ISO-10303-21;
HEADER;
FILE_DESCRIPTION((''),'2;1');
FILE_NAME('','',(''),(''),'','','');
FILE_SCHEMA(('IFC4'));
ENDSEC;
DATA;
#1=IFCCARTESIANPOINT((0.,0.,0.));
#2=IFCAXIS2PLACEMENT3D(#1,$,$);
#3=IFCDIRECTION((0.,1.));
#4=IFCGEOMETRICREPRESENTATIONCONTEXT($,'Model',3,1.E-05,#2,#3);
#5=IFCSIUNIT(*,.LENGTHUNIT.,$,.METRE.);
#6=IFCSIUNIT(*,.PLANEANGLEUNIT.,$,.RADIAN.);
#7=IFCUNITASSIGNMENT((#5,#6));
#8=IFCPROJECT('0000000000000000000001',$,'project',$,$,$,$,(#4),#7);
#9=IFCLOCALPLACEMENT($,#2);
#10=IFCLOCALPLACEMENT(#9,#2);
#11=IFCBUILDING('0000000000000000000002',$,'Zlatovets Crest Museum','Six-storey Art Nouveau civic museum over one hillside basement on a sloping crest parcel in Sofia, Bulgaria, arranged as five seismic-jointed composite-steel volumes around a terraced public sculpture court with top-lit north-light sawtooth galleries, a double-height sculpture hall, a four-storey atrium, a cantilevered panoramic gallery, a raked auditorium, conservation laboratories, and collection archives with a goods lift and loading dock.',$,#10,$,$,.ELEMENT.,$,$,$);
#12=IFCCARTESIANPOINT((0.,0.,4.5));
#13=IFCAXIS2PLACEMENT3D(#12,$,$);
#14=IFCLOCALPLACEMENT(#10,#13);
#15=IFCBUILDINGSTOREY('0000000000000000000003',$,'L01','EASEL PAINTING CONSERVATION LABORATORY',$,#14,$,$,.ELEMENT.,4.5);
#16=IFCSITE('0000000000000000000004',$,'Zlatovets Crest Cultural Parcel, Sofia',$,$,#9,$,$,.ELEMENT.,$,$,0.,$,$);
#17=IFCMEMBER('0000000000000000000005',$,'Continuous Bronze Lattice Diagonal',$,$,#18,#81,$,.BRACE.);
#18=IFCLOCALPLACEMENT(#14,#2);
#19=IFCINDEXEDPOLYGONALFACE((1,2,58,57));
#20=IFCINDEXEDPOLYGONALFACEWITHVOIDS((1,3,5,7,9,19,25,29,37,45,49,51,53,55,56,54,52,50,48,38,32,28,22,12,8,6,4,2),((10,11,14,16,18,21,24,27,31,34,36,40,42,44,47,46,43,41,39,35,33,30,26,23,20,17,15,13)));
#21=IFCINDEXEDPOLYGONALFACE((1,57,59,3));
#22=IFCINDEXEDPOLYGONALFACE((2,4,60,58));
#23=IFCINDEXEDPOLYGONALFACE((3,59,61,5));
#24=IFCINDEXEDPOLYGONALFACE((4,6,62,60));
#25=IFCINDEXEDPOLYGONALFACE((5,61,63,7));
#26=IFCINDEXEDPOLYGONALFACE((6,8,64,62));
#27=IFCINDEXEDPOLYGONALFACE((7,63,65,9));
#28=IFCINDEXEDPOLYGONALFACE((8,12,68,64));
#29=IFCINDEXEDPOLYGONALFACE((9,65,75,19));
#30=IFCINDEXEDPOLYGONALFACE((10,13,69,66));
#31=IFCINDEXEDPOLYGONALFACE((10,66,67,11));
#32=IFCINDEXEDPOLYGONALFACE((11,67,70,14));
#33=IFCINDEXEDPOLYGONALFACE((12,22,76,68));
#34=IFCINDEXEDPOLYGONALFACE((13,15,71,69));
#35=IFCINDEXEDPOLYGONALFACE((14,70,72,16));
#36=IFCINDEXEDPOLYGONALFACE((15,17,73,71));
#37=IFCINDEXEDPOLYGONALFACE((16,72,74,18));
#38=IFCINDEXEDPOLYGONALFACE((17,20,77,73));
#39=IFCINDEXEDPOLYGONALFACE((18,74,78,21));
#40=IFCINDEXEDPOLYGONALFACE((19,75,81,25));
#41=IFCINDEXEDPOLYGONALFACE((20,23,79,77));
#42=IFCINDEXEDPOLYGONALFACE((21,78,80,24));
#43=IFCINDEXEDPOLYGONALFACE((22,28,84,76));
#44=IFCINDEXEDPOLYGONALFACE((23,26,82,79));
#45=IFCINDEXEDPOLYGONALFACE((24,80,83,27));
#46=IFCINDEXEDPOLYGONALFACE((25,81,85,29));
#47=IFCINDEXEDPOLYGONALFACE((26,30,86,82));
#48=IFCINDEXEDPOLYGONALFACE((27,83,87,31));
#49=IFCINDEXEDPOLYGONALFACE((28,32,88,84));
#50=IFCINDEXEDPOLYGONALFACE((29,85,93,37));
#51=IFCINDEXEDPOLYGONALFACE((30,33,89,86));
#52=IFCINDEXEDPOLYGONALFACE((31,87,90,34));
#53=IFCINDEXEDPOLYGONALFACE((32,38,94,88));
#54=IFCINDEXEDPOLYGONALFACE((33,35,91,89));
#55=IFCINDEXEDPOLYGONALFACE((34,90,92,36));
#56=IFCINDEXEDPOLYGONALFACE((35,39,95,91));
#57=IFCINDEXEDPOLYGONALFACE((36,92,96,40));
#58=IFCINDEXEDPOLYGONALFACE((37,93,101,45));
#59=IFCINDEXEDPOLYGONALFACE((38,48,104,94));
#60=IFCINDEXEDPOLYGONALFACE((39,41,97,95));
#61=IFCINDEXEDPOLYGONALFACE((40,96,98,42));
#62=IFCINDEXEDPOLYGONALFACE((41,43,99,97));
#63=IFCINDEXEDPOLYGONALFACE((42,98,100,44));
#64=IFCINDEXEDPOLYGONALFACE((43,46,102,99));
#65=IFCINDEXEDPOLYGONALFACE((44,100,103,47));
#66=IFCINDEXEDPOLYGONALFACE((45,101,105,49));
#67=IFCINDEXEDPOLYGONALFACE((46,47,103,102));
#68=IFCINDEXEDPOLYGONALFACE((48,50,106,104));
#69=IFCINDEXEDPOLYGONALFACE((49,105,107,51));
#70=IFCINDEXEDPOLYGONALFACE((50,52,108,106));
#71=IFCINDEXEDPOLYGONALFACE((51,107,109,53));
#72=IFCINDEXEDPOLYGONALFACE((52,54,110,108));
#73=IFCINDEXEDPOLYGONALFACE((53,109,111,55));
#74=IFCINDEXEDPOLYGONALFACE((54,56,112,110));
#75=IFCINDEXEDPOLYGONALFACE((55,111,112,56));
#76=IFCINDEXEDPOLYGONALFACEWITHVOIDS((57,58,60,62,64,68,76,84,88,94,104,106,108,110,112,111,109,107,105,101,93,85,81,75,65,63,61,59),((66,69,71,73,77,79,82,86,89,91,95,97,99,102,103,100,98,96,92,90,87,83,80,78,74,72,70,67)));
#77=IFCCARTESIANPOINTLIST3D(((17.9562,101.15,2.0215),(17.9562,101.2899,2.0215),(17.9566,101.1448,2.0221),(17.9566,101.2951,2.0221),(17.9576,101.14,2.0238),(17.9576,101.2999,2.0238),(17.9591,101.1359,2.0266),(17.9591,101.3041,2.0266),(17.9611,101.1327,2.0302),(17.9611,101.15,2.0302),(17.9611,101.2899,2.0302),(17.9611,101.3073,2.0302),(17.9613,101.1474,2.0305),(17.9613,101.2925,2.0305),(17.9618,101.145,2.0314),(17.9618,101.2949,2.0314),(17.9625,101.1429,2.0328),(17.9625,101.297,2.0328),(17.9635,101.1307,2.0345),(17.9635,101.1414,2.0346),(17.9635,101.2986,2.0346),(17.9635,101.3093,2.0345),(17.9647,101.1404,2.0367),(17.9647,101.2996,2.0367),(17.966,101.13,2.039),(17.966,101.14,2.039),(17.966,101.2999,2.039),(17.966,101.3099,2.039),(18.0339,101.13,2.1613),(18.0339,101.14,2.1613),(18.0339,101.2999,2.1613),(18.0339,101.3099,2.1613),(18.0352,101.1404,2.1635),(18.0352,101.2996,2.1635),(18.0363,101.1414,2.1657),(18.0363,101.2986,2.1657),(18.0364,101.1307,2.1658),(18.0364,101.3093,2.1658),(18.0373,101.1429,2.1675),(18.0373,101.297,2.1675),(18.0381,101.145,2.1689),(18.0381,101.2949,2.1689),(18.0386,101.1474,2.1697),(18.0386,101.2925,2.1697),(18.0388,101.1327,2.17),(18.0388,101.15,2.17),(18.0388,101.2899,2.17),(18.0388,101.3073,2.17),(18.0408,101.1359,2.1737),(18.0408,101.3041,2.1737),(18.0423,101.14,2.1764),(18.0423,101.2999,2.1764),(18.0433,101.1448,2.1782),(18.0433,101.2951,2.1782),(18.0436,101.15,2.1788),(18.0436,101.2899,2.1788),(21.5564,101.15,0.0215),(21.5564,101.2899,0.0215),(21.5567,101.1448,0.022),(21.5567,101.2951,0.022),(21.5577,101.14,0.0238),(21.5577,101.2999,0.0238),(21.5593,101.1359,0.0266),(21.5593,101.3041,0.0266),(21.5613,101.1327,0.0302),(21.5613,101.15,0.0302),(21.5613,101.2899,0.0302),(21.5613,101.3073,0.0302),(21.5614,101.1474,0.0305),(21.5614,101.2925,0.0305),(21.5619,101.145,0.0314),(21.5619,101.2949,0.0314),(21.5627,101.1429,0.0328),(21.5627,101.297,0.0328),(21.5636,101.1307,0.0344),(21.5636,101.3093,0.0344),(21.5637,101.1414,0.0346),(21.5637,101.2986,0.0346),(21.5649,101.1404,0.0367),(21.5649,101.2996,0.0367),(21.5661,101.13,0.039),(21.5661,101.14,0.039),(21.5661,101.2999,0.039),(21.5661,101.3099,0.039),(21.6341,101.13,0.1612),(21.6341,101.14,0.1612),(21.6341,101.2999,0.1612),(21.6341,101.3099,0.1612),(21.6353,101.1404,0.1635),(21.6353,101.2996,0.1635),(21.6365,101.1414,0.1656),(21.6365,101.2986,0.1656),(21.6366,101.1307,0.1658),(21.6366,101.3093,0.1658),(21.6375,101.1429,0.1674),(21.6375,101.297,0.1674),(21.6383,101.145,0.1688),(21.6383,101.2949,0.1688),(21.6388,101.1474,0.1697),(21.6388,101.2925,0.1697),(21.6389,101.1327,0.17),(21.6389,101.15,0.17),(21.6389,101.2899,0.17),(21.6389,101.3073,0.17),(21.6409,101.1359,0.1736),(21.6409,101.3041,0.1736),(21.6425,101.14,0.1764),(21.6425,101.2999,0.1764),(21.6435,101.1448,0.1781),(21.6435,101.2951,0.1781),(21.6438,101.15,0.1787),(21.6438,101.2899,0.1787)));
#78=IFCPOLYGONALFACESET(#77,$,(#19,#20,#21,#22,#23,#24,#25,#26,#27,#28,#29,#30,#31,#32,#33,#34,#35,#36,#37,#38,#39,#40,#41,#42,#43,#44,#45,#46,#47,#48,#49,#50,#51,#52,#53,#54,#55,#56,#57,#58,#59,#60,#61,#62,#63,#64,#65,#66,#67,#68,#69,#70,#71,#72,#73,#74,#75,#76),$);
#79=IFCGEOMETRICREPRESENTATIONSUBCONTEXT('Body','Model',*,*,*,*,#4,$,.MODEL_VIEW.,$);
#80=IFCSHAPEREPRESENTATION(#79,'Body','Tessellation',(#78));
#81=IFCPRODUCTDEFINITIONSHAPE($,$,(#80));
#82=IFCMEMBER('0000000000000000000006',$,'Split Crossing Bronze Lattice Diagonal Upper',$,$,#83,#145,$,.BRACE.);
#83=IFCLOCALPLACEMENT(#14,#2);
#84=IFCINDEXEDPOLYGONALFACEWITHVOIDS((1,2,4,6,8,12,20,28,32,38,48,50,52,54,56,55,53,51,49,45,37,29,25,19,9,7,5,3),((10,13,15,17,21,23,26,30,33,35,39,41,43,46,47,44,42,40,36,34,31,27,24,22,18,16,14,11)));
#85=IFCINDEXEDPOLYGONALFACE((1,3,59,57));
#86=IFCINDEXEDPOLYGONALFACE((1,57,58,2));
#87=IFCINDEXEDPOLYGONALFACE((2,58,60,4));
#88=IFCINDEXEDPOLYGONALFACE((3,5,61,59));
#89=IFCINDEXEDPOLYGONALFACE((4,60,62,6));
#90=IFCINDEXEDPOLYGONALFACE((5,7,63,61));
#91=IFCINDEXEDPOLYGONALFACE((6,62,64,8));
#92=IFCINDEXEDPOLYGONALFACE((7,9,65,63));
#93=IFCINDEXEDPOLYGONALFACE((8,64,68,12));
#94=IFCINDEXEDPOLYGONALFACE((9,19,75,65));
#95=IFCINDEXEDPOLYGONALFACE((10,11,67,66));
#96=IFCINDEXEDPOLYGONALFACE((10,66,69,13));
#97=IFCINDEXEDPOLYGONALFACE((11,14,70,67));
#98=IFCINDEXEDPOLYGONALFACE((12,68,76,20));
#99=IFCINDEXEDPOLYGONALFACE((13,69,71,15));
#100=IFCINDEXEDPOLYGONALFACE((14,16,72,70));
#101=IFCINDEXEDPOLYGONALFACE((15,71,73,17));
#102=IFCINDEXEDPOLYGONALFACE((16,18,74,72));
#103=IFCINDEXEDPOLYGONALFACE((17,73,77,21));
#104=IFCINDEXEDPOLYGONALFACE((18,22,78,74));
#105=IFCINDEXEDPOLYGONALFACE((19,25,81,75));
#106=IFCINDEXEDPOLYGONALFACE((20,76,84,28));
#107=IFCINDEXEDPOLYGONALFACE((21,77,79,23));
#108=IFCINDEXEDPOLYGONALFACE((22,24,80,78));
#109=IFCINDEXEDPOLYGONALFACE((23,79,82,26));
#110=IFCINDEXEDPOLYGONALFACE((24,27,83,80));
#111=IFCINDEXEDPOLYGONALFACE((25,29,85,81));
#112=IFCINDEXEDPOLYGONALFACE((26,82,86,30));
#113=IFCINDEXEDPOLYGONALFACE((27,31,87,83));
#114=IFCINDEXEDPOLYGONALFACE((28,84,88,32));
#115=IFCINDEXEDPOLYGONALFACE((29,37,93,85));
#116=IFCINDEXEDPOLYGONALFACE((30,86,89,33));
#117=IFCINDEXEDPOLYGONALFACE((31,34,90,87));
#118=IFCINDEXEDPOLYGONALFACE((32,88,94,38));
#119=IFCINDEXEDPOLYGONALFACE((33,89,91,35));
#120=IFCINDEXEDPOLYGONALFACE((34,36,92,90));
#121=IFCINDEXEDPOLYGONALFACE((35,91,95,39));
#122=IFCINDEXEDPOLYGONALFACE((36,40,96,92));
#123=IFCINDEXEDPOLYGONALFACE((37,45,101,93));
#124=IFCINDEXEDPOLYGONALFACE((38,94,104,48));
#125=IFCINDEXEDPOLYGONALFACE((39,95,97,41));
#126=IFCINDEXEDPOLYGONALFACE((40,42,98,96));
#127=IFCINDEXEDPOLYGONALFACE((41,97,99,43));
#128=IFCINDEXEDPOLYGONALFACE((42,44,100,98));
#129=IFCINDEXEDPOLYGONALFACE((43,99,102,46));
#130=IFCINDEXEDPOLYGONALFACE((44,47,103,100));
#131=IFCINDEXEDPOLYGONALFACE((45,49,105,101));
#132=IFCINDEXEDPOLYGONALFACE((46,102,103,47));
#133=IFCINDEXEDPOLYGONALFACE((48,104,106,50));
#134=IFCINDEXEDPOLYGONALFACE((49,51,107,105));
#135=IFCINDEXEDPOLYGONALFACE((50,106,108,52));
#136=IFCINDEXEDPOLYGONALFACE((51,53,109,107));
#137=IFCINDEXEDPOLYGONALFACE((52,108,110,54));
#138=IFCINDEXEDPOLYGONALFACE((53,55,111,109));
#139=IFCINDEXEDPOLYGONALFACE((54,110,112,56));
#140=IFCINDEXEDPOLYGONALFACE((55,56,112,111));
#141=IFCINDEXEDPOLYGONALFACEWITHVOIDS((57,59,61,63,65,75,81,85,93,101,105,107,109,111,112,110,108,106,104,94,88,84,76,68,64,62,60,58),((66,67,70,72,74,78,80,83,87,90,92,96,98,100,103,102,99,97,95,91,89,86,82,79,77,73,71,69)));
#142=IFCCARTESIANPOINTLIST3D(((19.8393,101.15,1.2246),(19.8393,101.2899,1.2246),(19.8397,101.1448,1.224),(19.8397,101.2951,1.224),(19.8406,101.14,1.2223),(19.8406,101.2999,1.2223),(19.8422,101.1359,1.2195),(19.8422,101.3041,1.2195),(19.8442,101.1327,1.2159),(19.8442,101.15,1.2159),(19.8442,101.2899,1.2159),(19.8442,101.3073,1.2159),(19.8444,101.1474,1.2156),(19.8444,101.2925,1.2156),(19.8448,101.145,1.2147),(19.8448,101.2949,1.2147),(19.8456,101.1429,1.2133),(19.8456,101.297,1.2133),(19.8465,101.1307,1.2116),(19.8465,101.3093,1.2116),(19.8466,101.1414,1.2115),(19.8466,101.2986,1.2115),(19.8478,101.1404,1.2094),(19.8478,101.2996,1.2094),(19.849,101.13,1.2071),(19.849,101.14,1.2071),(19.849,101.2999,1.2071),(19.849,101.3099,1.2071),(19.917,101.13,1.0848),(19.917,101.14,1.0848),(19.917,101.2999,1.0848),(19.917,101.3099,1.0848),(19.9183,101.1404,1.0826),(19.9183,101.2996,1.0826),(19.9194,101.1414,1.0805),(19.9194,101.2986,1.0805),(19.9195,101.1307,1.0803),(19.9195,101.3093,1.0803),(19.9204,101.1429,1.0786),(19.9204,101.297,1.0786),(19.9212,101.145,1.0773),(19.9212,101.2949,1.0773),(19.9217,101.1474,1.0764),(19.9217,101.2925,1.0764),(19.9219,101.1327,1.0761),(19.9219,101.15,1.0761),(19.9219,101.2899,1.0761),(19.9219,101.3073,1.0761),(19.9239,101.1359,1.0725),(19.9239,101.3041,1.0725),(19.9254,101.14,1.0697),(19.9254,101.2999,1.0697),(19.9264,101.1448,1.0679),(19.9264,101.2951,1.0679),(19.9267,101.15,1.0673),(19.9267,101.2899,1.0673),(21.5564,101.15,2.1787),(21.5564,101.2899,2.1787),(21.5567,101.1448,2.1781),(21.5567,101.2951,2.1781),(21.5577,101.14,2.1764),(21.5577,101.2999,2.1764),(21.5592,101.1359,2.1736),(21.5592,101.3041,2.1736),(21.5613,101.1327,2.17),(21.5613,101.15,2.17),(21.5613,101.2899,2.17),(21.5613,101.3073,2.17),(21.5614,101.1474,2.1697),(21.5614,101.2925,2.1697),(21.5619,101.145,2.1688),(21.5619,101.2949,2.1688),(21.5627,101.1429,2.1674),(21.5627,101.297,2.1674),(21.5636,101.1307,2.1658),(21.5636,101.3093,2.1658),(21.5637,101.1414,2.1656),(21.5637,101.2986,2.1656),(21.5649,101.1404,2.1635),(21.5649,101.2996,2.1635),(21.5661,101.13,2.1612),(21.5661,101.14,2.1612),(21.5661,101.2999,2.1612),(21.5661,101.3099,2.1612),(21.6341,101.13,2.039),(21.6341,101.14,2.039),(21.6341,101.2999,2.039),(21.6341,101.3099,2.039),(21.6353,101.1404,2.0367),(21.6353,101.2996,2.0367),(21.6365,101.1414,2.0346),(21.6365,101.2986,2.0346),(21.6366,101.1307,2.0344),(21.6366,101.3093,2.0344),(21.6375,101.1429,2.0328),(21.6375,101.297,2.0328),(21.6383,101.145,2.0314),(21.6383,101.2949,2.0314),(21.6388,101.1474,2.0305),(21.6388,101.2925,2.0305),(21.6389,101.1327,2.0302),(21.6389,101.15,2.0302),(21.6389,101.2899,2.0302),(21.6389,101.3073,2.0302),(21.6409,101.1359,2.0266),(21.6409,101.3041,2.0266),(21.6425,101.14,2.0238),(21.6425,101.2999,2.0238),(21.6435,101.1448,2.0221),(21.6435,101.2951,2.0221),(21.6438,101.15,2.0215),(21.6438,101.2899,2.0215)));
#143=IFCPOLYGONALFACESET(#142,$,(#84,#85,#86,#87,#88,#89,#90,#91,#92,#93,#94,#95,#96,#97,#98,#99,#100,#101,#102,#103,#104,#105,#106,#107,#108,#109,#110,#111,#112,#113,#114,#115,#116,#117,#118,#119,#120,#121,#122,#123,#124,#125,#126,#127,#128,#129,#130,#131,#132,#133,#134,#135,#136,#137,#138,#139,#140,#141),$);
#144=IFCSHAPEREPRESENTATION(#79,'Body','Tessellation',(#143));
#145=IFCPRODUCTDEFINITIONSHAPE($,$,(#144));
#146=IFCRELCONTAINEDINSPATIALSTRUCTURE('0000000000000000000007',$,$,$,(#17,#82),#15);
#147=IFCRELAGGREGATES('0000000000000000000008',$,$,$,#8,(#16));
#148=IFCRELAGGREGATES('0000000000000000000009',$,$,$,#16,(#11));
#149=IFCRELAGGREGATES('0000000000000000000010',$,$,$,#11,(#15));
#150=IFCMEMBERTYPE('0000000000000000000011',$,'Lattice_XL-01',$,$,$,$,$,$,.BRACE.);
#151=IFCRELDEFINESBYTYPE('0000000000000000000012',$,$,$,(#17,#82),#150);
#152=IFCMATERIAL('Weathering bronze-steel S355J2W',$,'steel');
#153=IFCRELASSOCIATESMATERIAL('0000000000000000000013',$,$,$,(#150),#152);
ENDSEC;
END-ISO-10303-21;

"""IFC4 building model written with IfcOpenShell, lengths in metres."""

from ifc_helpers import new_model, si_unit, direction, frame, origin, origin_2d, place, context, subcontext, project, spatial, hollow_rectangle, extrude, material, material_profile, profile_set, type_object, element, save


model = new_model("IFC4")

# Units and contexts
model_context = context("Model", 3, precision=1e-05, world=origin(), true_north=direction((0.0, 1.0)))
body_context = subcontext(model_context, "Body", "Model", "MODEL_VIEW")
ifc_project = project(units=[si_unit("LENGTHUNIT", "METRE"), si_unit("PLANEANGLEUNIT", "RADIAN")], contexts=[model_context])

# Site, building, storey
site_placement = place(None, origin())
site = spatial("IfcSite", under=ifc_project, at=site_placement, Name="Zlatovets Crest Cultural Parcel, Sofia", CompositionType="ELEMENT", RefElevation=0.0)
building_placement = place(site_placement, origin())
building = spatial("IfcBuilding", under=site, at=building_placement, Name="Zlatovets Crest Museum", Description="Six-storey Art Nouveau civic museum over one hillside basement on a sloping crest parcel in Sofia, Bulgaria, arranged as five seismic-jointed composite-steel volumes around a terraced public sculpture court with top-lit north-light sawtooth galleries, a double-height sculpture hall, a four-storey atrium, a cantilevered panoramic gallery, a raked auditorium, conservation laboratories, and collection archives with a goods lift and loading dock.", CompositionType="ELEMENT")
storey_placement = place(building_placement, frame((0.0, 0.0, 4.5)))
storey = spatial("IfcBuildingStorey", under=building, at=storey_placement, Name="L01", Description="EASEL PAINTING CONSERVATION LABORATORY", CompositionType="ELEMENT", Elevation=4.5)

# Members
ifc_material_1 = material(Name="Weathering bronze-steel S355J2W", Category="steel")
ifc_material_profile_1 = material_profile(ifc_material_1, hollow_rectangle(XDim=0.1799, YDim=0.1799, WallThickness=0.01, InnerFilletRadius=0.01, OuterFilletRadius=0.02, at=origin_2d()), Name="SHS 180x180x10.0")
ifc_profile_set_1 = profile_set([ifc_material_profile_1], Name="Weathering bronze-steel S355J2W")
member_type_1 = type_object("IfcMemberType", Name="Lattice_XL-01", PredefinedType="BRACE", material=ifc_profile_set_1)
member_1_placement = place(storey_placement, frame((21.6001, 101.22, 0.1001), z_axis=(-0.874163, 0.0, 0.485633), x_axis=(0.0, -1.0, 0.0)))
element("IfcMember", 1, at=member_1_placement, inside=storey, type_object=member_type_1, Name="Continuous Bronze Lattice Diagonal", PredefinedType="BRACE", context=body_context, shape_type="SweptSolid", body=[
    extrude(hollow_rectangle(XDim=0.1799, YDim=0.1799, WallThickness=0.01, InnerFilletRadius=0.01, OuterFilletRadius=0.02, at=origin_2d()), origin(), (0.0, 0.0, 1.0), 4.1184),
])
member_2_placement = place(storey_placement, frame((21.6001, 101.22, 2.1001), z_axis=(-0.874116, 0.0, -0.485717), x_axis=(0.0, -1.0, 0.0)))
element("IfcMember", 2, at=member_2_placement, inside=storey, type_object=member_type_1, Name="Split Crossing Bronze Lattice Diagonal Upper", PredefinedType="BRACE", context=body_context, shape_type="SweptSolid", body=[
    extrude(hollow_rectangle(XDim=0.1799, YDim=0.1799, WallThickness=0.01, InnerFilletRadius=0.01, OuterFilletRadius=0.02, at=origin_2d()), origin(), (0.0, 0.0, 1.0), 1.9644),
])

save(model, "model.ifc")
